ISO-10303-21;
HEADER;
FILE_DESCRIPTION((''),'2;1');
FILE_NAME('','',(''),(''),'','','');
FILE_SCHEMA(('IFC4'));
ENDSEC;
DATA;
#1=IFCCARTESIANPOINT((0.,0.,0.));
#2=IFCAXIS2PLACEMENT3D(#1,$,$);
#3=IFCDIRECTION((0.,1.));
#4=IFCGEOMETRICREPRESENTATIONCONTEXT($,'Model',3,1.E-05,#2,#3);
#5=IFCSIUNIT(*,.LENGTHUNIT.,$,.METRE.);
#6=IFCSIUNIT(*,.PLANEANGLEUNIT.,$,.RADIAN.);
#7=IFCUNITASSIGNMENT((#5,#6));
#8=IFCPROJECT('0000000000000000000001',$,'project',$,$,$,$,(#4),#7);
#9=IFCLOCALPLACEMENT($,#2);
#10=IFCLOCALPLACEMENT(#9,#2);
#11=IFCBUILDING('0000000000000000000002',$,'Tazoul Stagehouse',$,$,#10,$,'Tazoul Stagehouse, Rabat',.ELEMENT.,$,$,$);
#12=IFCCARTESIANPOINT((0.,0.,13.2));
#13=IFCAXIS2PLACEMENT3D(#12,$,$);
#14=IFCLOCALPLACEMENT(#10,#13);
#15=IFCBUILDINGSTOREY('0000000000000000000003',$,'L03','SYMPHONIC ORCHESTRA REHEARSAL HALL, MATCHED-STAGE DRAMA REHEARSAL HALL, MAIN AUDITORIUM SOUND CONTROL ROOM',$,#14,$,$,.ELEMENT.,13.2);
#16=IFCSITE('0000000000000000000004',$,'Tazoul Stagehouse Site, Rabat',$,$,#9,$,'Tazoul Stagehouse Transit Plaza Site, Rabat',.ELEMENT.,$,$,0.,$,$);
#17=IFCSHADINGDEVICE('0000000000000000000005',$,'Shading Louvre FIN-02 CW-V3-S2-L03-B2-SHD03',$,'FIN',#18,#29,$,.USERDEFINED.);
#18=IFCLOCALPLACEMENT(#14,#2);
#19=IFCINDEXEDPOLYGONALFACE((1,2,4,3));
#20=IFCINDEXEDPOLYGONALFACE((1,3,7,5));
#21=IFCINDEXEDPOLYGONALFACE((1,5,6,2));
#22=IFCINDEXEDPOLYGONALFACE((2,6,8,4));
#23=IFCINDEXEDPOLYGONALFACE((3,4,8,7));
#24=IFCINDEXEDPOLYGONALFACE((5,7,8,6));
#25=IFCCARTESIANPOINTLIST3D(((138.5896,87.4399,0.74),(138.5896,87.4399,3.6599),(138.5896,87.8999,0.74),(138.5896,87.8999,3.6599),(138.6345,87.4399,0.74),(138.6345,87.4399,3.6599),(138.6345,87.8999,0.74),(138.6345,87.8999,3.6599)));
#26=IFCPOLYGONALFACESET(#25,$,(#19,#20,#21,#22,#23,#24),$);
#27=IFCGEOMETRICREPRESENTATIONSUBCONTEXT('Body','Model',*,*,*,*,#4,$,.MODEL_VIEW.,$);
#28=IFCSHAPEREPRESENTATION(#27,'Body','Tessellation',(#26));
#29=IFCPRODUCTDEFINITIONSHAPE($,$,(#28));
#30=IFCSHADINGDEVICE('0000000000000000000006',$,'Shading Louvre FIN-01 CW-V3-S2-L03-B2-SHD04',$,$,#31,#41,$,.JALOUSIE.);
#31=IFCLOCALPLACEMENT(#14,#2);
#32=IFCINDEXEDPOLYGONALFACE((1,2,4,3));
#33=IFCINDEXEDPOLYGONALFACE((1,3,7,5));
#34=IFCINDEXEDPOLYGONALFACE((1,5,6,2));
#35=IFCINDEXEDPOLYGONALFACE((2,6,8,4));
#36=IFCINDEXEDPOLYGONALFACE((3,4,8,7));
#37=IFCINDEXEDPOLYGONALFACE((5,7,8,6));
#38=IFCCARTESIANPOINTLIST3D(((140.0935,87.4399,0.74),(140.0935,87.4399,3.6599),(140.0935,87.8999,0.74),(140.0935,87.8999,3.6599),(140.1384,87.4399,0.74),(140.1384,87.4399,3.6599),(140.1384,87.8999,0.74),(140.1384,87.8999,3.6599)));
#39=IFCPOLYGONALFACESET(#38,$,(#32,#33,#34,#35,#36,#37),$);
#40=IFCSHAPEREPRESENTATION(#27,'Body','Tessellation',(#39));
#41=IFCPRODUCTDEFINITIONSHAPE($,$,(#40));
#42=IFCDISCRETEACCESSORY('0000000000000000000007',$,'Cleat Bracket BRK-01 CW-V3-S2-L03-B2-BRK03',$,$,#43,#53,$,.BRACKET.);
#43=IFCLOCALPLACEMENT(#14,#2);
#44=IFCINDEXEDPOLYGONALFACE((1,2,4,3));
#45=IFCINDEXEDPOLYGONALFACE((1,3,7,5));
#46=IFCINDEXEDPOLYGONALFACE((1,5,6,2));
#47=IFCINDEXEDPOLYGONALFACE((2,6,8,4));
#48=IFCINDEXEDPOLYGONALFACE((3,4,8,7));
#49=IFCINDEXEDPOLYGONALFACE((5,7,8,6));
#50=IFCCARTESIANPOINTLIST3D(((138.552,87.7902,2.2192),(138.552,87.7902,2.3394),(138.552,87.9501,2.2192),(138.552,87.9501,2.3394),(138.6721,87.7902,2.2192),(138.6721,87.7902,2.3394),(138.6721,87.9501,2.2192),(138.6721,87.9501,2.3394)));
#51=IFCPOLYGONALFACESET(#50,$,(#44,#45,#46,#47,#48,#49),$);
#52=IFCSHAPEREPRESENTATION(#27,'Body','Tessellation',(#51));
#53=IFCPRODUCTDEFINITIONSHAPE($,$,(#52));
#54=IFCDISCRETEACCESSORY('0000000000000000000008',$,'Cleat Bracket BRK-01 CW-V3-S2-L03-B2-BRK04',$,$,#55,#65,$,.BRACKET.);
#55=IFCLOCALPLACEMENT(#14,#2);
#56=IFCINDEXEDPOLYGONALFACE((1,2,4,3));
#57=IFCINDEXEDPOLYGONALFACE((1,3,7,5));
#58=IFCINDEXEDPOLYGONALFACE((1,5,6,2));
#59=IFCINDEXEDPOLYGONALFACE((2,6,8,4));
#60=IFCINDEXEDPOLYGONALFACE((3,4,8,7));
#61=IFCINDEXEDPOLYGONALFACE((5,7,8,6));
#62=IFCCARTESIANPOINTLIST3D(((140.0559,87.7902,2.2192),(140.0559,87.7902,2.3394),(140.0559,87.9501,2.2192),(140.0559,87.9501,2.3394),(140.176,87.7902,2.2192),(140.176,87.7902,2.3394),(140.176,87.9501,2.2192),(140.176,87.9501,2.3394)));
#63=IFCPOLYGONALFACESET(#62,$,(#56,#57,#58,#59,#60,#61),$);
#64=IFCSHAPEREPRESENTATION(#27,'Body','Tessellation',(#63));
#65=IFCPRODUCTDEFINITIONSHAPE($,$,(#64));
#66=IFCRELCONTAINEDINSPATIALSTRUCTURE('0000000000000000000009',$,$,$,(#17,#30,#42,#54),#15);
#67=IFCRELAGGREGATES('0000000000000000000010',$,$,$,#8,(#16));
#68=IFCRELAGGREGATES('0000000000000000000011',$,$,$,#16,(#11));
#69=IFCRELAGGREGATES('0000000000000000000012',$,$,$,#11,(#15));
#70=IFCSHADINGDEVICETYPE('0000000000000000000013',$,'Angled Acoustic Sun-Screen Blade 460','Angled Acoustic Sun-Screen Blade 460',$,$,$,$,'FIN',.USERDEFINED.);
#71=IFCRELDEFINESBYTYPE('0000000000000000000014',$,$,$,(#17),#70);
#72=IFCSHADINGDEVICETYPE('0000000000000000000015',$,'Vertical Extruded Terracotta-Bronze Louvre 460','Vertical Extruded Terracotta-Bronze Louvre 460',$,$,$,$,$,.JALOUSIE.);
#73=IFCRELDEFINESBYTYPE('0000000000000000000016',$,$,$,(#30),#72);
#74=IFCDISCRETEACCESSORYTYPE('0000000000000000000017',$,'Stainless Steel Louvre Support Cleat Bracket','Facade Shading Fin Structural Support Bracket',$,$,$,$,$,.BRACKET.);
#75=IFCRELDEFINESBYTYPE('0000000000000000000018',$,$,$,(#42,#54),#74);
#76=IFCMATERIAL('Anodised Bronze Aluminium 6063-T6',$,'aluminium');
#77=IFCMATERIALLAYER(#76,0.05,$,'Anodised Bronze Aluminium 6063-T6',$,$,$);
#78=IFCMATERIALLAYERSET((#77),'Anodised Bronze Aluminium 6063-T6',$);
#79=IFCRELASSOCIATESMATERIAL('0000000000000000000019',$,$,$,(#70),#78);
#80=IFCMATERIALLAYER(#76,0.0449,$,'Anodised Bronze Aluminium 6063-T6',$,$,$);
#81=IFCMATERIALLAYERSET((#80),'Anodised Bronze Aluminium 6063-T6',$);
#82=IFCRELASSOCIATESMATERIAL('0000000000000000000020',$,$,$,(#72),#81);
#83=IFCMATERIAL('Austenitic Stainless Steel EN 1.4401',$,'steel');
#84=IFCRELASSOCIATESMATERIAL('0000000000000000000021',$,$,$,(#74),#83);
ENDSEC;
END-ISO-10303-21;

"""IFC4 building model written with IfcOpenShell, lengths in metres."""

from ifc_helpers import new_model, si_unit, direction, frame, origin, origin_2d, place, context, subcontext, project, spatial, rectangle, extrude, material, layer, layer_set, type_object, element, save


model = new_model("IFC4")

# Units and contexts
model_context = context("Model", 3, precision=1e-05, world=origin(), true_north=direction((0.0, 1.0)))
body_context = subcontext(model_context, "Body", "Model", "MODEL_VIEW")
ifc_project = project(units=[si_unit("LENGTHUNIT", "METRE"), si_unit("PLANEANGLEUNIT", "RADIAN")], contexts=[model_context])

# Site, building, storey
site_placement = place(None, origin())
site = spatial("IfcSite", under=ifc_project, at=site_placement, Name="Tazoul Stagehouse Site, Rabat", LongName="Tazoul Stagehouse Transit Plaza Site, Rabat", CompositionType="ELEMENT", RefElevation=0.0)
building_placement = place(site_placement, origin())
building = spatial("IfcBuilding", under=site, at=building_placement, Name="Tazoul Stagehouse", LongName="Tazoul Stagehouse, Rabat", CompositionType="ELEMENT")
storey_placement = place(building_placement, frame((0.0, 0.0, 13.2)))
storey = spatial("IfcBuildingStorey", under=building, at=storey_placement, Name="L03", Description="SYMPHONIC ORCHESTRA REHEARSAL HALL, MATCHED-STAGE DRAMA REHEARSAL HALL, MAIN AUDITORIUM SOUND CONTROL ROOM", CompositionType="ELEMENT", Elevation=13.2)

# Shared definitions
ifc_material_1 = material(Name="Anodised Bronze Aluminium 6063-T6", Category="aluminium")

# Shading device
ifc_layer_1 = layer(ifc_material_1, 0.05, Name="Anodised Bronze Aluminium 6063-T6")
ifc_layer_set_1 = layer_set([ifc_layer_1], Name="Anodised Bronze Aluminium 6063-T6")
shading_device_type_1 = type_object("IfcShadingDeviceType", Name="Angled Acoustic Sun-Screen Blade 460", Description="Angled Acoustic Sun-Screen Blade 460", ElementType="FIN", PredefinedType="USERDEFINED", material=ifc_layer_set_1)
shading_device_1_placement = place(storey_placement, frame((138.6121, 87.6699, 0.74), z_axis=(0.0, 0.0, 1.0), x_axis=(1.0, 0.0, 0.0)))
element("IfcShadingDevice", 1, at=shading_device_1_placement, inside=storey, type_object=shading_device_type_1, Name="Shading Louvre FIN-02 CW-V3-S2-L03-B2-SHD03", ObjectType="FIN", PredefinedType="USERDEFINED", context=body_context, shape_type="SweptSolid", body=[
    extrude(rectangle(XDim=0.0449, YDim=0.46, at=origin_2d()), origin(), (0.0, 0.0, 1.0), 2.9199),
])

# Shading device
ifc_layer_2 = layer(ifc_material_1, 0.0449, Name="Anodised Bronze Aluminium 6063-T6")
ifc_layer_set_2 = layer_set([ifc_layer_2], Name="Anodised Bronze Aluminium 6063-T6")
shading_device_type_2 = type_object("IfcShadingDeviceType", Name="Vertical Extruded Terracotta-Bronze Louvre 460", Description="Vertical Extruded Terracotta-Bronze Louvre 460", PredefinedType="JALOUSIE", material=ifc_layer_set_2)
shading_device_2_placement = place(storey_placement, frame((140.116, 87.6699, 0.74), z_axis=(0.0, 0.0, 1.0), x_axis=(1.0, 0.0, 0.0)))
element("IfcShadingDevice", 2, at=shading_device_2_placement, inside=storey, type_object=shading_device_type_2, Name="Shading Louvre FIN-01 CW-V3-S2-L03-B2-SHD04", PredefinedType="JALOUSIE", context=body_context, shape_type="SweptSolid", body=[
    extrude(rectangle(XDim=0.0449, YDim=0.46, at=origin_2d()), origin(), (0.0, 0.0, 1.0), 2.9199),
])

# Discrete accessories
ifc_material_2 = material(Name="Austenitic Stainless Steel EN 1.4401", Category="steel")
discrete_accessory_type = type_object("IfcDiscreteAccessoryType", Name="Stainless Steel Louvre Support Cleat Bracket", Description="Facade Shading Fin Structural Support Bracket", PredefinedType="BRACKET", material=ifc_material_2)
for number, where, z_axis, x_axis, name in (
    (3, (138.6121, 87.8701, 2.2192), (0.0, 0.0, 1.0), (1.0, 0.0, 0.0), "Cleat Bracket BRK-01 CW-V3-S2-L03-B2-BRK03"),
    (4, (140.116, 87.8701, 2.2192), (0.0, 0.0, 1.0), (1.0, 0.0, 0.0), "Cleat Bracket BRK-01 CW-V3-S2-L03-B2-BRK04"),
):
    element("IfcDiscreteAccessory", number, at=place(storey_placement, frame(where, z_axis=z_axis, x_axis=x_axis)), inside=storey, type_object=discrete_accessory_type, Name=name, PredefinedType="BRACKET", context=body_context, shape_type="SweptSolid", body=[
        extrude(rectangle(XDim=0.1201, YDim=0.1599, at=origin_2d()), origin(), (0.0, 0.0, 1.0), 0.1201),
    ])

save(model, "model.ifc")
